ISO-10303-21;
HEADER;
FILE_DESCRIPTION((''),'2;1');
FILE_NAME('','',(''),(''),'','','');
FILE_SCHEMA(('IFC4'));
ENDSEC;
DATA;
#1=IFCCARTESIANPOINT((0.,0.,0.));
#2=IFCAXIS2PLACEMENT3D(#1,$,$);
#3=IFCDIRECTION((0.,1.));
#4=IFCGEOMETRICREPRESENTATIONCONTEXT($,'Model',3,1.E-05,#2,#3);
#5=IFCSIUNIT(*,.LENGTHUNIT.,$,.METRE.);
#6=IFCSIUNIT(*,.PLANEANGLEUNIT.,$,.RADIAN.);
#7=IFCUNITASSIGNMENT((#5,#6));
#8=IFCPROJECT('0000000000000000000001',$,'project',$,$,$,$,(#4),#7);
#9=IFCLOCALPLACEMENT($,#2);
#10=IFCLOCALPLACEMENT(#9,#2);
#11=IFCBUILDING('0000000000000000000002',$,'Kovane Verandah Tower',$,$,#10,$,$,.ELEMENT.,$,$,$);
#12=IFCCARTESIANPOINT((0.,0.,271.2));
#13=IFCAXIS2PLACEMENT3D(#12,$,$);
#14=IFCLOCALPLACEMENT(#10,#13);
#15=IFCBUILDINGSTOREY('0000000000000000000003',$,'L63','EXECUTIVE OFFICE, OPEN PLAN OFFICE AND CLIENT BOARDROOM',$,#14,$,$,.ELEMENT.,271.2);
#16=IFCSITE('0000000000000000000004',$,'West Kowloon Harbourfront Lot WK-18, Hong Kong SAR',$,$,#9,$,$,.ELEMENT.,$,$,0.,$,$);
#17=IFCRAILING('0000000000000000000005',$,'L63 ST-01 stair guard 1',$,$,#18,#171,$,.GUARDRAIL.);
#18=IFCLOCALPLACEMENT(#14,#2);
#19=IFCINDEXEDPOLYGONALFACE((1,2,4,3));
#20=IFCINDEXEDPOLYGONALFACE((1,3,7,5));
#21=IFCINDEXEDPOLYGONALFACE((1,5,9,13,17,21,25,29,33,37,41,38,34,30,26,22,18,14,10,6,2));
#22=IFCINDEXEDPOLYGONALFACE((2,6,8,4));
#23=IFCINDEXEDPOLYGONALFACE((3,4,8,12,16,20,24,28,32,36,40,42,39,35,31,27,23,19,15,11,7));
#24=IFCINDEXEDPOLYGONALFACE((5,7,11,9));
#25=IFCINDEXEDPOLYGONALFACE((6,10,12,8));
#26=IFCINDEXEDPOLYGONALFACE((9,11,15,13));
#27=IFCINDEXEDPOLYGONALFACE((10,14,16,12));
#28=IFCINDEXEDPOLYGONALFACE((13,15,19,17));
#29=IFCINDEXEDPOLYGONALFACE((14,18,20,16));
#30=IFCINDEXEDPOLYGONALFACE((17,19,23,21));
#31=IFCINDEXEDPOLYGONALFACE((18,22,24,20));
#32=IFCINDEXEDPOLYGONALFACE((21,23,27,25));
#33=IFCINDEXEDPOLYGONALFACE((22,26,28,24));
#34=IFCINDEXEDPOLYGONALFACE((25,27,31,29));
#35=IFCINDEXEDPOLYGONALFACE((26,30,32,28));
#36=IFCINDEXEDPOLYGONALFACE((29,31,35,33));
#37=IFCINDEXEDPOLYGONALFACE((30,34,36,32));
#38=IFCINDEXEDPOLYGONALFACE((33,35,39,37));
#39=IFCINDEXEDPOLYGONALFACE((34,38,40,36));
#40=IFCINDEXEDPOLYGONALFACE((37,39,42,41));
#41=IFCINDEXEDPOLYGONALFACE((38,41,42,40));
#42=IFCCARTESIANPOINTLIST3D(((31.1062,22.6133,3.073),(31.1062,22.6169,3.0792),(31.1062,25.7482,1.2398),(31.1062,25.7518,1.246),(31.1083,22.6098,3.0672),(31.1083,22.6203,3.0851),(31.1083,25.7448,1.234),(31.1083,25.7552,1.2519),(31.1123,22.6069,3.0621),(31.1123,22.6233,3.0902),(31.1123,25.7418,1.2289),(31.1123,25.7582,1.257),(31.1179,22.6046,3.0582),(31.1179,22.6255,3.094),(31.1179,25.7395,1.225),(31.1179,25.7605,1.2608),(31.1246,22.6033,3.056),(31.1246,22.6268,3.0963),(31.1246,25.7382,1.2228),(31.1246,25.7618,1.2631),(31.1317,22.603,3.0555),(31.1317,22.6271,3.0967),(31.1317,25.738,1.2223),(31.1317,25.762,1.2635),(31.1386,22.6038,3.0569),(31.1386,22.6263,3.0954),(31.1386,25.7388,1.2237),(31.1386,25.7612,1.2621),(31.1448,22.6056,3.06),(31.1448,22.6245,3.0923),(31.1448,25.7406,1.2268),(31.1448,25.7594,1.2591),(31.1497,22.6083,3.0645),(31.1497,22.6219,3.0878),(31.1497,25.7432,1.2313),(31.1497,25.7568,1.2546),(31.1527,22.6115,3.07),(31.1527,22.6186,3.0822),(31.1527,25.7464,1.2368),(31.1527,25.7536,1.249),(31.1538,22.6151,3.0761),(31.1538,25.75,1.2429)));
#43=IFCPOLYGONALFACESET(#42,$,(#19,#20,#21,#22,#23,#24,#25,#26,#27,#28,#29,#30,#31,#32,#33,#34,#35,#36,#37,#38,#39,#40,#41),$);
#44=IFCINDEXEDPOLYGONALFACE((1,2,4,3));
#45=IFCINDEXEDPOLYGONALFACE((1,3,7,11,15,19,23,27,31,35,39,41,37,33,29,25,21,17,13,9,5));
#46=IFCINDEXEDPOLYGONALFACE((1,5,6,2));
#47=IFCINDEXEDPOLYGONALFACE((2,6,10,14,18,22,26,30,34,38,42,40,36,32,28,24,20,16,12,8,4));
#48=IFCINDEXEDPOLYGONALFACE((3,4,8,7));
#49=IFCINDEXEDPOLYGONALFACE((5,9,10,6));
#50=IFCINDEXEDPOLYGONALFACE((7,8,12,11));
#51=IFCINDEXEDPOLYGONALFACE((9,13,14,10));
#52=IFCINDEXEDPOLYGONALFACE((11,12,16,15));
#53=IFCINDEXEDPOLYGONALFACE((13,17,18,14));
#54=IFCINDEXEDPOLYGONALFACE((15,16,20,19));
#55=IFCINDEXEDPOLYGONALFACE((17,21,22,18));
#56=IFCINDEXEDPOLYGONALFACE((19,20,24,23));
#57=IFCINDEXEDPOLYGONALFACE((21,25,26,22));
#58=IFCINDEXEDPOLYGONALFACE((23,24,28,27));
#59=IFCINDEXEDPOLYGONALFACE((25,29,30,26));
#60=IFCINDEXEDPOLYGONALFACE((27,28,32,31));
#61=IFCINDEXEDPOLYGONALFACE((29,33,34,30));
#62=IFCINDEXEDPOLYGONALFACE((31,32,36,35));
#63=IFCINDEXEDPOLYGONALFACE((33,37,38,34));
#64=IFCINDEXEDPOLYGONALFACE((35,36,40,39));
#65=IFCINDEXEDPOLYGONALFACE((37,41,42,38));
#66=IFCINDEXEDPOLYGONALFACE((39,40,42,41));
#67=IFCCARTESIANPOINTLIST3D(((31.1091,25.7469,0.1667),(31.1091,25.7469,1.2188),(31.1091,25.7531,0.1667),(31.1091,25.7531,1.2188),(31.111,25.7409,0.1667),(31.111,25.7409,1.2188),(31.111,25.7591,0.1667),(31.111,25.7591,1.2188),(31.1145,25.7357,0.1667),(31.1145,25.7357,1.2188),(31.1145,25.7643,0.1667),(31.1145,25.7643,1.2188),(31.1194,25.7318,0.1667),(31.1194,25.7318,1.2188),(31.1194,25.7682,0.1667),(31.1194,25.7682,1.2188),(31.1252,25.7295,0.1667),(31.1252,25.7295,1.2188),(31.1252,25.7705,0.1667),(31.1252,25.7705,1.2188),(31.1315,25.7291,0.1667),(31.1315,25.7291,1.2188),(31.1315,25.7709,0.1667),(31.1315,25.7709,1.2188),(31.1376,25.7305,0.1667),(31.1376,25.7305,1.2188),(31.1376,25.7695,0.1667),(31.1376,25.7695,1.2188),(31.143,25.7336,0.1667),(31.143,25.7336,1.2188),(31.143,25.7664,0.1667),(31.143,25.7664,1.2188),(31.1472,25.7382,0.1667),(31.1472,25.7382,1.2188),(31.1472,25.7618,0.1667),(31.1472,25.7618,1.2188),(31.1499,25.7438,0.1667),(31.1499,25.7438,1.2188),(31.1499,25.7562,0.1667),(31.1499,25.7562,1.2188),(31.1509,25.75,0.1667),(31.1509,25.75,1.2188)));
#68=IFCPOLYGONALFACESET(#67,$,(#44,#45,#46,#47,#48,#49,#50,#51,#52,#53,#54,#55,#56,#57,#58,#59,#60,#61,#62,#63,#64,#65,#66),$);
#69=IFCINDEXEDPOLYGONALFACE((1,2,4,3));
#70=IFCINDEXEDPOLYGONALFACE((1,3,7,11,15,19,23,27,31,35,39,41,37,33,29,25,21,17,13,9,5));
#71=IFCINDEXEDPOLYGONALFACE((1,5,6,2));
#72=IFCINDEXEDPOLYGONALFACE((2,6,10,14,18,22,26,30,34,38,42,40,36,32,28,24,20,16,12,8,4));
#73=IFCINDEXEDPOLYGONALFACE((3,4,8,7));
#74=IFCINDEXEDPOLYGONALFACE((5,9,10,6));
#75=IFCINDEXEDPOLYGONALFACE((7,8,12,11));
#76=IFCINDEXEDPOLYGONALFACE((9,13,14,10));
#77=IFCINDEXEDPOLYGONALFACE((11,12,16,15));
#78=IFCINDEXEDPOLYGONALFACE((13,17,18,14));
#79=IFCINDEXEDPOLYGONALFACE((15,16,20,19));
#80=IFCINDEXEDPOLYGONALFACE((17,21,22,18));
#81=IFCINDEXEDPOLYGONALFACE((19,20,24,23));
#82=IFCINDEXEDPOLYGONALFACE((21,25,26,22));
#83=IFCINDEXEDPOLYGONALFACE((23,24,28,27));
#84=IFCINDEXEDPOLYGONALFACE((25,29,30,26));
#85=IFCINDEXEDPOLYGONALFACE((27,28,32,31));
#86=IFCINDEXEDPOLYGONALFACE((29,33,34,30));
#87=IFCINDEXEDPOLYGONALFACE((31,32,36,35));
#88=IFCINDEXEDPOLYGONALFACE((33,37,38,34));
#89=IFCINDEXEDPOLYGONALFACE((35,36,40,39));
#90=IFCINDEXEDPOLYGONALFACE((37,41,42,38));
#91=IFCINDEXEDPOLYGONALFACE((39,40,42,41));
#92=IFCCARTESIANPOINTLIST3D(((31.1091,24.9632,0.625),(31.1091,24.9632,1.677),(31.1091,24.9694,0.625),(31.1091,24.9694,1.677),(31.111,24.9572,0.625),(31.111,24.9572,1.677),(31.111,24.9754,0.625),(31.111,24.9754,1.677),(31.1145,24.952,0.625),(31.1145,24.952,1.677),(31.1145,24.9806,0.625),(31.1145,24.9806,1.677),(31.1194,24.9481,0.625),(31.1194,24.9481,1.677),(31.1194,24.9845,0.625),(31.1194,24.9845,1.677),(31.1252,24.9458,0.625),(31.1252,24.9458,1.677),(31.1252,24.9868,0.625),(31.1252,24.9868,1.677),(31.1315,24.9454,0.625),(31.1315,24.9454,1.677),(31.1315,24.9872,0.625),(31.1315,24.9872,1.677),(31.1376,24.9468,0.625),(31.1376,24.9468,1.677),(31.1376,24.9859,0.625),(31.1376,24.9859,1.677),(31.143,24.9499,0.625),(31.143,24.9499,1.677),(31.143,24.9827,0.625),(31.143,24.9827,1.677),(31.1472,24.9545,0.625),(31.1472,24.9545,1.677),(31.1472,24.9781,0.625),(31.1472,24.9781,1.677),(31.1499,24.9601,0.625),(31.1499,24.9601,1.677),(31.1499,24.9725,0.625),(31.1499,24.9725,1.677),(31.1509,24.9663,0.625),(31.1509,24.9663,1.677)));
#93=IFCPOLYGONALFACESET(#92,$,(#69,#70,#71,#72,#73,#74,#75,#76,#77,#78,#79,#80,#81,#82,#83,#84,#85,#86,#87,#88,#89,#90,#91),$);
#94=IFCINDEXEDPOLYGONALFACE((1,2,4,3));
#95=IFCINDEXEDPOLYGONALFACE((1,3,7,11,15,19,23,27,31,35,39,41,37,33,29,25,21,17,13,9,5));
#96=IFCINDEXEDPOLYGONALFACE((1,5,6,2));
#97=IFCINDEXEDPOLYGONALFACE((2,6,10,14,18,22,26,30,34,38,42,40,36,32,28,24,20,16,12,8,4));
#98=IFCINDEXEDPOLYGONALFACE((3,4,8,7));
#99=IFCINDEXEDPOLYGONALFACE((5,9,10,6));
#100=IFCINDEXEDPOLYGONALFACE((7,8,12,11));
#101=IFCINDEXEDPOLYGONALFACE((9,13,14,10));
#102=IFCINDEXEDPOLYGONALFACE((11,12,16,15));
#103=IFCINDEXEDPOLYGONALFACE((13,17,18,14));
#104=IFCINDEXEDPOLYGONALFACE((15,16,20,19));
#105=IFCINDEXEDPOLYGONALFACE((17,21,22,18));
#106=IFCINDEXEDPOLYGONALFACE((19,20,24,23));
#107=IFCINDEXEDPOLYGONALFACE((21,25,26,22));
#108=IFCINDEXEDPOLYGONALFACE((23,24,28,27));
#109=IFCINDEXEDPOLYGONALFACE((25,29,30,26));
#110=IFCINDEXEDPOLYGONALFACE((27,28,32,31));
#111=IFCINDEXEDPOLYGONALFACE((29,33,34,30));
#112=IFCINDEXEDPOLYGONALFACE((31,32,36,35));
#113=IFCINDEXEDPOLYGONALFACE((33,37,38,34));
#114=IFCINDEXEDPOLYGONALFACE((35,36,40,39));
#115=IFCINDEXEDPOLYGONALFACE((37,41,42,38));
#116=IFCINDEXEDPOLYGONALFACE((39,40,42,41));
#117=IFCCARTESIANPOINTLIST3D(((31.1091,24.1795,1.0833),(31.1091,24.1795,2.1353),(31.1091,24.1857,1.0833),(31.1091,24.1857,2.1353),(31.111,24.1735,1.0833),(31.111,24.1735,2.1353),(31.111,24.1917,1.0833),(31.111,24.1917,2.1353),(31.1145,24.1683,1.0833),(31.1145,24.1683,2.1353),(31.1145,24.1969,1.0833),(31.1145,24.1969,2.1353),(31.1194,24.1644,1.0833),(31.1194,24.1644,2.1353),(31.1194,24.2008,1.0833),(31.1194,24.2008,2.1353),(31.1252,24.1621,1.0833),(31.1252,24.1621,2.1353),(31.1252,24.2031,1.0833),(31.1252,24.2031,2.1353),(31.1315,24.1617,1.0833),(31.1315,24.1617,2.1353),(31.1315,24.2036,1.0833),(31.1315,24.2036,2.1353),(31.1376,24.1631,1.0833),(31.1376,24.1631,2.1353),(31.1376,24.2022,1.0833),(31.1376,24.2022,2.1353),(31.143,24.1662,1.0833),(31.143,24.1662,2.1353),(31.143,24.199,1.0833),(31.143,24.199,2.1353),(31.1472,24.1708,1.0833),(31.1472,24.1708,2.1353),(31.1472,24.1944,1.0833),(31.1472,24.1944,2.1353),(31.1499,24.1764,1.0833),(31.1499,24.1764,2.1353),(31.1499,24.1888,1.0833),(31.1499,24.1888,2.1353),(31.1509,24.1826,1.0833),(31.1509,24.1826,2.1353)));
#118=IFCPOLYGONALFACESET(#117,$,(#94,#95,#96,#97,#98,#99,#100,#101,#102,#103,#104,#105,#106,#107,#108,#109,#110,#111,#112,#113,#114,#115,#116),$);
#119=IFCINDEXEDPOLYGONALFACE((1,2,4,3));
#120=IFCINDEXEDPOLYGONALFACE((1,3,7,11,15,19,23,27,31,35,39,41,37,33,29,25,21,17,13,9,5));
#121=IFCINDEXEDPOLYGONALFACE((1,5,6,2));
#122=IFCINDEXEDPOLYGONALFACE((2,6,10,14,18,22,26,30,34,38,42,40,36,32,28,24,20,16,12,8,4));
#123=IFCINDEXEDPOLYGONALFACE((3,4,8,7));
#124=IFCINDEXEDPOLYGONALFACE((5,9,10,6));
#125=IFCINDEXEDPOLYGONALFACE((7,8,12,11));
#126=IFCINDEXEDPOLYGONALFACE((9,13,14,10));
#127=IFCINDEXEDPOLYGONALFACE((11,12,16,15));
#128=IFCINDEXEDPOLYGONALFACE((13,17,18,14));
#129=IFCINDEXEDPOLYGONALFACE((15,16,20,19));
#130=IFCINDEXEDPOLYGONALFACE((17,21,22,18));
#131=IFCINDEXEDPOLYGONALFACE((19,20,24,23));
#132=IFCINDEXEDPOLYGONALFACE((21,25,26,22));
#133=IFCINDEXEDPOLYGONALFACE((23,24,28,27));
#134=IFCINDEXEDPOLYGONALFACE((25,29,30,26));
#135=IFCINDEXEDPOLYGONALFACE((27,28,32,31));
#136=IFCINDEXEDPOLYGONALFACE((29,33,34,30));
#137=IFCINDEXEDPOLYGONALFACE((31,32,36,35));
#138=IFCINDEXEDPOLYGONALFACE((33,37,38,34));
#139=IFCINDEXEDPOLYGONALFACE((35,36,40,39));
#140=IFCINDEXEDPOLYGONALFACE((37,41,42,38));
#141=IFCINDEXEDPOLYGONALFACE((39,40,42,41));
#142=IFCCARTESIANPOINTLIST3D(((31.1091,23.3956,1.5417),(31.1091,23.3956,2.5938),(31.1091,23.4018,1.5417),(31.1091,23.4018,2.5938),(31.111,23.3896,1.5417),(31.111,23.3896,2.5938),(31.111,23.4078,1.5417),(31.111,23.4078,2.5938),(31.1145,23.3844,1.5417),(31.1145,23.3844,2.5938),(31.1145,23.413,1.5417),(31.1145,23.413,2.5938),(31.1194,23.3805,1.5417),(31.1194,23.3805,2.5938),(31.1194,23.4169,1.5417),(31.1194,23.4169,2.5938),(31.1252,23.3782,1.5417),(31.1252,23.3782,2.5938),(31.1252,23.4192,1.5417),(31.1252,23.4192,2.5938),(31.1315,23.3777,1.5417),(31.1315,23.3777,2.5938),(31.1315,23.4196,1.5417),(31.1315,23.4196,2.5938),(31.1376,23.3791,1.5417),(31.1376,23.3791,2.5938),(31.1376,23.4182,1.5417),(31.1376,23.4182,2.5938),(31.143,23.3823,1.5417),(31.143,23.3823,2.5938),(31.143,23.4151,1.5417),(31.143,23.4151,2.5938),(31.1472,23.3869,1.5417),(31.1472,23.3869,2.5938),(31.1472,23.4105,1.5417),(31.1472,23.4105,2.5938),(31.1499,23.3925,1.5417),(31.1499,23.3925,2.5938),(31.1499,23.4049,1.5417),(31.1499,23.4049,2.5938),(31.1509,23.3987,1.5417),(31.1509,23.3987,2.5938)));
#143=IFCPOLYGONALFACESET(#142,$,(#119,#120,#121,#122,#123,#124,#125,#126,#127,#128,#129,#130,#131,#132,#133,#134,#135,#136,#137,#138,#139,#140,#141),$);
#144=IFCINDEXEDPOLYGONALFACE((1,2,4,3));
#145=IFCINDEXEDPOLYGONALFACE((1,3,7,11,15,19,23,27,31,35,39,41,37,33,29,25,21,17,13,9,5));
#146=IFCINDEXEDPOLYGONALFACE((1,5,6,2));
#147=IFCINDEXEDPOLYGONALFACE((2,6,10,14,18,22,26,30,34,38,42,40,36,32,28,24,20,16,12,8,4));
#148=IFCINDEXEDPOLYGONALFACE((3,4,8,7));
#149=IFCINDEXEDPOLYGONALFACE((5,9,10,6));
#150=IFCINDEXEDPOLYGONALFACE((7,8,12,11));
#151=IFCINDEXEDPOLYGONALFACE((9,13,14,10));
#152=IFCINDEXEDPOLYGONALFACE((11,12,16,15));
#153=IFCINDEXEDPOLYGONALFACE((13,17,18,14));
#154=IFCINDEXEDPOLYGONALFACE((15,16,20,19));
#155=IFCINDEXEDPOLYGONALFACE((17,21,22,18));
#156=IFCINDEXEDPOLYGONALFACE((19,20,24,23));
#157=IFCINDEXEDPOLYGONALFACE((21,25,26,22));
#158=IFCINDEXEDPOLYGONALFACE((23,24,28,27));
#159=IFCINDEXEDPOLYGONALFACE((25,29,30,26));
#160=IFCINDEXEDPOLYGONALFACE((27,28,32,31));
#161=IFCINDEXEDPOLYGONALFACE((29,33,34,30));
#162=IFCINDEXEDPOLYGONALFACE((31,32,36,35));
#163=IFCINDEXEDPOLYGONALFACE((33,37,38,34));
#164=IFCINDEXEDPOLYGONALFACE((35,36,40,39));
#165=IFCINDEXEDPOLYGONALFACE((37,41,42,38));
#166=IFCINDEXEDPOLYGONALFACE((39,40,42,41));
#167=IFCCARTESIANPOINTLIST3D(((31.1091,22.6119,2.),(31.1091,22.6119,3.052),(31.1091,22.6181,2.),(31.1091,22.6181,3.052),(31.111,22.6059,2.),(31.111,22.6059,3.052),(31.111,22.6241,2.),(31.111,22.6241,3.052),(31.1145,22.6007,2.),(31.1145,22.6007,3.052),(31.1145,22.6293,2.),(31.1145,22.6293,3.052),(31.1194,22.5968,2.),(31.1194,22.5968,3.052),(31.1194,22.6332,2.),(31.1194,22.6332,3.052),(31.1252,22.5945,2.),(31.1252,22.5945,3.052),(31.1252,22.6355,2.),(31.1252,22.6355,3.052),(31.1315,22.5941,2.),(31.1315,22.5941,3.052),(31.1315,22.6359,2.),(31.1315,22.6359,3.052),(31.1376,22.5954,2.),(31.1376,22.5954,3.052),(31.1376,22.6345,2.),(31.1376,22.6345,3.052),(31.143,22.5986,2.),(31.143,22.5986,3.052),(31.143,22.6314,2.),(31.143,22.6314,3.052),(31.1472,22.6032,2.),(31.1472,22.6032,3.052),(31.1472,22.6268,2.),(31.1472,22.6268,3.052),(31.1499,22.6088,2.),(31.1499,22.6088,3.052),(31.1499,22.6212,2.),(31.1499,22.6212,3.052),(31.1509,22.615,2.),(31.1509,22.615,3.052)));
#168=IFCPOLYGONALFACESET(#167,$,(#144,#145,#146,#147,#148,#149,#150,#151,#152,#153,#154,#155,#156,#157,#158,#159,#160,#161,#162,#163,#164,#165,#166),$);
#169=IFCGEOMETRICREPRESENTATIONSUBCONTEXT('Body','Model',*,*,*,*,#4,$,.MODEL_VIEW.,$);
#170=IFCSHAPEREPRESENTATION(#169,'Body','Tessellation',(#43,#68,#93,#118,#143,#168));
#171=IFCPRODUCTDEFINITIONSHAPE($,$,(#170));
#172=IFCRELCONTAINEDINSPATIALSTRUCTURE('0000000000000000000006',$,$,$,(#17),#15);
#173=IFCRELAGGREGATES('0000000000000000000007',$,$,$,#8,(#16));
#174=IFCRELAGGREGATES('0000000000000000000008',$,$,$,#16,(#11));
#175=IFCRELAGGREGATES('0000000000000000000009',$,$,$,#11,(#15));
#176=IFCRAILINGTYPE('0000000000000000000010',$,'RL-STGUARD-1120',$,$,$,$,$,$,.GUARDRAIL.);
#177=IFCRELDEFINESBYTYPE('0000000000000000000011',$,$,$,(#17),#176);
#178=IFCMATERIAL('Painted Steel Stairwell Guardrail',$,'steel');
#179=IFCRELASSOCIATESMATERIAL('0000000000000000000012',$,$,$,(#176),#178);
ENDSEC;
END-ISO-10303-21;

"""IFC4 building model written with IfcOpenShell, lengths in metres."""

from ifc_helpers import new_model, si_unit, direction, frame, origin, origin_2d, place, context, subcontext, project, spatial, circle, extrude, material, type_object, element, save


model = new_model("IFC4")

# Units and contexts
model_context = context("Model", 3, precision=1e-05, world=origin(), true_north=direction((0.0, 1.0)))
body_context = subcontext(model_context, "Body", "Model", "MODEL_VIEW")
ifc_project = project(units=[si_unit("LENGTHUNIT", "METRE"), si_unit("PLANEANGLEUNIT", "RADIAN")], contexts=[model_context])

# Site, building, storey
site_placement = place(None, origin())
site = spatial("IfcSite", under=ifc_project, at=site_placement, Name="West Kowloon Harbourfront Lot WK-18, Hong Kong SAR", CompositionType="ELEMENT", RefElevation=0.0)
building_placement = place(site_placement, origin())
building = spatial("IfcBuilding", under=site, at=building_placement, Name="Kovane Verandah Tower", CompositionType="ELEMENT")
storey_placement = place(building_placement, frame((0.0, 0.0, 271.2)))
storey = spatial("IfcBuildingStorey", under=building, at=storey_placement, Name="L63", Description="EXECUTIVE OFFICE, OPEN PLAN OFFICE AND CLIENT BOARDROOM", CompositionType="ELEMENT", Elevation=271.2)

# Railing
ifc_material_1 = material(Name="Painted Steel Stairwell Guardrail", Category="steel")
railing_type_1 = type_object("IfcRailingType", Name="RL-STGUARD-1120", PredefinedType="GUARDRAIL", material=ifc_material_1)
railing_1_placement = place(storey_placement, frame((31.1299, 25.75, 0.1667)))
element("IfcRailing", 1, at=railing_1_placement, inside=storey, type_object=railing_type_1, Name="L63 ST-01 stair guard 1", PredefinedType="GUARDRAIL", context=body_context, shape_type="SweptSolid", body=[
    extrude(circle(Radius=0.0239, at=origin_2d()), frame((0.0, 0.0, 1.0762), z_axis=(0.0, -0.86324, 0.504794), x_axis=(1.0, 0.0, 0.0)), (0.0, 0.0, 1.0), 3.6316),
    extrude(circle(Radius=0.021, at=origin_2d()), origin(), (0.0, 0.0, 1.0), 1.052),
    extrude(circle(Radius=0.021, at=origin_2d()), frame((0.0, -0.7837, 0.4583)), (0.0, 0.0, 1.0), 1.052),
    extrude(circle(Radius=0.021, at=origin_2d()), frame((0.0, -1.5674, 0.9165)), (0.0, 0.0, 1.0), 1.052),
    extrude(circle(Radius=0.021, at=origin_2d()), frame((0.0, -2.3513, 1.375)), (0.0, 0.0, 1.0), 1.052),
    extrude(circle(Radius=0.021, at=origin_2d()), frame((0.0, -3.135, 1.8333)), (0.0, 0.0, 1.0), 1.052),
])

save(model, "model.ifc")
